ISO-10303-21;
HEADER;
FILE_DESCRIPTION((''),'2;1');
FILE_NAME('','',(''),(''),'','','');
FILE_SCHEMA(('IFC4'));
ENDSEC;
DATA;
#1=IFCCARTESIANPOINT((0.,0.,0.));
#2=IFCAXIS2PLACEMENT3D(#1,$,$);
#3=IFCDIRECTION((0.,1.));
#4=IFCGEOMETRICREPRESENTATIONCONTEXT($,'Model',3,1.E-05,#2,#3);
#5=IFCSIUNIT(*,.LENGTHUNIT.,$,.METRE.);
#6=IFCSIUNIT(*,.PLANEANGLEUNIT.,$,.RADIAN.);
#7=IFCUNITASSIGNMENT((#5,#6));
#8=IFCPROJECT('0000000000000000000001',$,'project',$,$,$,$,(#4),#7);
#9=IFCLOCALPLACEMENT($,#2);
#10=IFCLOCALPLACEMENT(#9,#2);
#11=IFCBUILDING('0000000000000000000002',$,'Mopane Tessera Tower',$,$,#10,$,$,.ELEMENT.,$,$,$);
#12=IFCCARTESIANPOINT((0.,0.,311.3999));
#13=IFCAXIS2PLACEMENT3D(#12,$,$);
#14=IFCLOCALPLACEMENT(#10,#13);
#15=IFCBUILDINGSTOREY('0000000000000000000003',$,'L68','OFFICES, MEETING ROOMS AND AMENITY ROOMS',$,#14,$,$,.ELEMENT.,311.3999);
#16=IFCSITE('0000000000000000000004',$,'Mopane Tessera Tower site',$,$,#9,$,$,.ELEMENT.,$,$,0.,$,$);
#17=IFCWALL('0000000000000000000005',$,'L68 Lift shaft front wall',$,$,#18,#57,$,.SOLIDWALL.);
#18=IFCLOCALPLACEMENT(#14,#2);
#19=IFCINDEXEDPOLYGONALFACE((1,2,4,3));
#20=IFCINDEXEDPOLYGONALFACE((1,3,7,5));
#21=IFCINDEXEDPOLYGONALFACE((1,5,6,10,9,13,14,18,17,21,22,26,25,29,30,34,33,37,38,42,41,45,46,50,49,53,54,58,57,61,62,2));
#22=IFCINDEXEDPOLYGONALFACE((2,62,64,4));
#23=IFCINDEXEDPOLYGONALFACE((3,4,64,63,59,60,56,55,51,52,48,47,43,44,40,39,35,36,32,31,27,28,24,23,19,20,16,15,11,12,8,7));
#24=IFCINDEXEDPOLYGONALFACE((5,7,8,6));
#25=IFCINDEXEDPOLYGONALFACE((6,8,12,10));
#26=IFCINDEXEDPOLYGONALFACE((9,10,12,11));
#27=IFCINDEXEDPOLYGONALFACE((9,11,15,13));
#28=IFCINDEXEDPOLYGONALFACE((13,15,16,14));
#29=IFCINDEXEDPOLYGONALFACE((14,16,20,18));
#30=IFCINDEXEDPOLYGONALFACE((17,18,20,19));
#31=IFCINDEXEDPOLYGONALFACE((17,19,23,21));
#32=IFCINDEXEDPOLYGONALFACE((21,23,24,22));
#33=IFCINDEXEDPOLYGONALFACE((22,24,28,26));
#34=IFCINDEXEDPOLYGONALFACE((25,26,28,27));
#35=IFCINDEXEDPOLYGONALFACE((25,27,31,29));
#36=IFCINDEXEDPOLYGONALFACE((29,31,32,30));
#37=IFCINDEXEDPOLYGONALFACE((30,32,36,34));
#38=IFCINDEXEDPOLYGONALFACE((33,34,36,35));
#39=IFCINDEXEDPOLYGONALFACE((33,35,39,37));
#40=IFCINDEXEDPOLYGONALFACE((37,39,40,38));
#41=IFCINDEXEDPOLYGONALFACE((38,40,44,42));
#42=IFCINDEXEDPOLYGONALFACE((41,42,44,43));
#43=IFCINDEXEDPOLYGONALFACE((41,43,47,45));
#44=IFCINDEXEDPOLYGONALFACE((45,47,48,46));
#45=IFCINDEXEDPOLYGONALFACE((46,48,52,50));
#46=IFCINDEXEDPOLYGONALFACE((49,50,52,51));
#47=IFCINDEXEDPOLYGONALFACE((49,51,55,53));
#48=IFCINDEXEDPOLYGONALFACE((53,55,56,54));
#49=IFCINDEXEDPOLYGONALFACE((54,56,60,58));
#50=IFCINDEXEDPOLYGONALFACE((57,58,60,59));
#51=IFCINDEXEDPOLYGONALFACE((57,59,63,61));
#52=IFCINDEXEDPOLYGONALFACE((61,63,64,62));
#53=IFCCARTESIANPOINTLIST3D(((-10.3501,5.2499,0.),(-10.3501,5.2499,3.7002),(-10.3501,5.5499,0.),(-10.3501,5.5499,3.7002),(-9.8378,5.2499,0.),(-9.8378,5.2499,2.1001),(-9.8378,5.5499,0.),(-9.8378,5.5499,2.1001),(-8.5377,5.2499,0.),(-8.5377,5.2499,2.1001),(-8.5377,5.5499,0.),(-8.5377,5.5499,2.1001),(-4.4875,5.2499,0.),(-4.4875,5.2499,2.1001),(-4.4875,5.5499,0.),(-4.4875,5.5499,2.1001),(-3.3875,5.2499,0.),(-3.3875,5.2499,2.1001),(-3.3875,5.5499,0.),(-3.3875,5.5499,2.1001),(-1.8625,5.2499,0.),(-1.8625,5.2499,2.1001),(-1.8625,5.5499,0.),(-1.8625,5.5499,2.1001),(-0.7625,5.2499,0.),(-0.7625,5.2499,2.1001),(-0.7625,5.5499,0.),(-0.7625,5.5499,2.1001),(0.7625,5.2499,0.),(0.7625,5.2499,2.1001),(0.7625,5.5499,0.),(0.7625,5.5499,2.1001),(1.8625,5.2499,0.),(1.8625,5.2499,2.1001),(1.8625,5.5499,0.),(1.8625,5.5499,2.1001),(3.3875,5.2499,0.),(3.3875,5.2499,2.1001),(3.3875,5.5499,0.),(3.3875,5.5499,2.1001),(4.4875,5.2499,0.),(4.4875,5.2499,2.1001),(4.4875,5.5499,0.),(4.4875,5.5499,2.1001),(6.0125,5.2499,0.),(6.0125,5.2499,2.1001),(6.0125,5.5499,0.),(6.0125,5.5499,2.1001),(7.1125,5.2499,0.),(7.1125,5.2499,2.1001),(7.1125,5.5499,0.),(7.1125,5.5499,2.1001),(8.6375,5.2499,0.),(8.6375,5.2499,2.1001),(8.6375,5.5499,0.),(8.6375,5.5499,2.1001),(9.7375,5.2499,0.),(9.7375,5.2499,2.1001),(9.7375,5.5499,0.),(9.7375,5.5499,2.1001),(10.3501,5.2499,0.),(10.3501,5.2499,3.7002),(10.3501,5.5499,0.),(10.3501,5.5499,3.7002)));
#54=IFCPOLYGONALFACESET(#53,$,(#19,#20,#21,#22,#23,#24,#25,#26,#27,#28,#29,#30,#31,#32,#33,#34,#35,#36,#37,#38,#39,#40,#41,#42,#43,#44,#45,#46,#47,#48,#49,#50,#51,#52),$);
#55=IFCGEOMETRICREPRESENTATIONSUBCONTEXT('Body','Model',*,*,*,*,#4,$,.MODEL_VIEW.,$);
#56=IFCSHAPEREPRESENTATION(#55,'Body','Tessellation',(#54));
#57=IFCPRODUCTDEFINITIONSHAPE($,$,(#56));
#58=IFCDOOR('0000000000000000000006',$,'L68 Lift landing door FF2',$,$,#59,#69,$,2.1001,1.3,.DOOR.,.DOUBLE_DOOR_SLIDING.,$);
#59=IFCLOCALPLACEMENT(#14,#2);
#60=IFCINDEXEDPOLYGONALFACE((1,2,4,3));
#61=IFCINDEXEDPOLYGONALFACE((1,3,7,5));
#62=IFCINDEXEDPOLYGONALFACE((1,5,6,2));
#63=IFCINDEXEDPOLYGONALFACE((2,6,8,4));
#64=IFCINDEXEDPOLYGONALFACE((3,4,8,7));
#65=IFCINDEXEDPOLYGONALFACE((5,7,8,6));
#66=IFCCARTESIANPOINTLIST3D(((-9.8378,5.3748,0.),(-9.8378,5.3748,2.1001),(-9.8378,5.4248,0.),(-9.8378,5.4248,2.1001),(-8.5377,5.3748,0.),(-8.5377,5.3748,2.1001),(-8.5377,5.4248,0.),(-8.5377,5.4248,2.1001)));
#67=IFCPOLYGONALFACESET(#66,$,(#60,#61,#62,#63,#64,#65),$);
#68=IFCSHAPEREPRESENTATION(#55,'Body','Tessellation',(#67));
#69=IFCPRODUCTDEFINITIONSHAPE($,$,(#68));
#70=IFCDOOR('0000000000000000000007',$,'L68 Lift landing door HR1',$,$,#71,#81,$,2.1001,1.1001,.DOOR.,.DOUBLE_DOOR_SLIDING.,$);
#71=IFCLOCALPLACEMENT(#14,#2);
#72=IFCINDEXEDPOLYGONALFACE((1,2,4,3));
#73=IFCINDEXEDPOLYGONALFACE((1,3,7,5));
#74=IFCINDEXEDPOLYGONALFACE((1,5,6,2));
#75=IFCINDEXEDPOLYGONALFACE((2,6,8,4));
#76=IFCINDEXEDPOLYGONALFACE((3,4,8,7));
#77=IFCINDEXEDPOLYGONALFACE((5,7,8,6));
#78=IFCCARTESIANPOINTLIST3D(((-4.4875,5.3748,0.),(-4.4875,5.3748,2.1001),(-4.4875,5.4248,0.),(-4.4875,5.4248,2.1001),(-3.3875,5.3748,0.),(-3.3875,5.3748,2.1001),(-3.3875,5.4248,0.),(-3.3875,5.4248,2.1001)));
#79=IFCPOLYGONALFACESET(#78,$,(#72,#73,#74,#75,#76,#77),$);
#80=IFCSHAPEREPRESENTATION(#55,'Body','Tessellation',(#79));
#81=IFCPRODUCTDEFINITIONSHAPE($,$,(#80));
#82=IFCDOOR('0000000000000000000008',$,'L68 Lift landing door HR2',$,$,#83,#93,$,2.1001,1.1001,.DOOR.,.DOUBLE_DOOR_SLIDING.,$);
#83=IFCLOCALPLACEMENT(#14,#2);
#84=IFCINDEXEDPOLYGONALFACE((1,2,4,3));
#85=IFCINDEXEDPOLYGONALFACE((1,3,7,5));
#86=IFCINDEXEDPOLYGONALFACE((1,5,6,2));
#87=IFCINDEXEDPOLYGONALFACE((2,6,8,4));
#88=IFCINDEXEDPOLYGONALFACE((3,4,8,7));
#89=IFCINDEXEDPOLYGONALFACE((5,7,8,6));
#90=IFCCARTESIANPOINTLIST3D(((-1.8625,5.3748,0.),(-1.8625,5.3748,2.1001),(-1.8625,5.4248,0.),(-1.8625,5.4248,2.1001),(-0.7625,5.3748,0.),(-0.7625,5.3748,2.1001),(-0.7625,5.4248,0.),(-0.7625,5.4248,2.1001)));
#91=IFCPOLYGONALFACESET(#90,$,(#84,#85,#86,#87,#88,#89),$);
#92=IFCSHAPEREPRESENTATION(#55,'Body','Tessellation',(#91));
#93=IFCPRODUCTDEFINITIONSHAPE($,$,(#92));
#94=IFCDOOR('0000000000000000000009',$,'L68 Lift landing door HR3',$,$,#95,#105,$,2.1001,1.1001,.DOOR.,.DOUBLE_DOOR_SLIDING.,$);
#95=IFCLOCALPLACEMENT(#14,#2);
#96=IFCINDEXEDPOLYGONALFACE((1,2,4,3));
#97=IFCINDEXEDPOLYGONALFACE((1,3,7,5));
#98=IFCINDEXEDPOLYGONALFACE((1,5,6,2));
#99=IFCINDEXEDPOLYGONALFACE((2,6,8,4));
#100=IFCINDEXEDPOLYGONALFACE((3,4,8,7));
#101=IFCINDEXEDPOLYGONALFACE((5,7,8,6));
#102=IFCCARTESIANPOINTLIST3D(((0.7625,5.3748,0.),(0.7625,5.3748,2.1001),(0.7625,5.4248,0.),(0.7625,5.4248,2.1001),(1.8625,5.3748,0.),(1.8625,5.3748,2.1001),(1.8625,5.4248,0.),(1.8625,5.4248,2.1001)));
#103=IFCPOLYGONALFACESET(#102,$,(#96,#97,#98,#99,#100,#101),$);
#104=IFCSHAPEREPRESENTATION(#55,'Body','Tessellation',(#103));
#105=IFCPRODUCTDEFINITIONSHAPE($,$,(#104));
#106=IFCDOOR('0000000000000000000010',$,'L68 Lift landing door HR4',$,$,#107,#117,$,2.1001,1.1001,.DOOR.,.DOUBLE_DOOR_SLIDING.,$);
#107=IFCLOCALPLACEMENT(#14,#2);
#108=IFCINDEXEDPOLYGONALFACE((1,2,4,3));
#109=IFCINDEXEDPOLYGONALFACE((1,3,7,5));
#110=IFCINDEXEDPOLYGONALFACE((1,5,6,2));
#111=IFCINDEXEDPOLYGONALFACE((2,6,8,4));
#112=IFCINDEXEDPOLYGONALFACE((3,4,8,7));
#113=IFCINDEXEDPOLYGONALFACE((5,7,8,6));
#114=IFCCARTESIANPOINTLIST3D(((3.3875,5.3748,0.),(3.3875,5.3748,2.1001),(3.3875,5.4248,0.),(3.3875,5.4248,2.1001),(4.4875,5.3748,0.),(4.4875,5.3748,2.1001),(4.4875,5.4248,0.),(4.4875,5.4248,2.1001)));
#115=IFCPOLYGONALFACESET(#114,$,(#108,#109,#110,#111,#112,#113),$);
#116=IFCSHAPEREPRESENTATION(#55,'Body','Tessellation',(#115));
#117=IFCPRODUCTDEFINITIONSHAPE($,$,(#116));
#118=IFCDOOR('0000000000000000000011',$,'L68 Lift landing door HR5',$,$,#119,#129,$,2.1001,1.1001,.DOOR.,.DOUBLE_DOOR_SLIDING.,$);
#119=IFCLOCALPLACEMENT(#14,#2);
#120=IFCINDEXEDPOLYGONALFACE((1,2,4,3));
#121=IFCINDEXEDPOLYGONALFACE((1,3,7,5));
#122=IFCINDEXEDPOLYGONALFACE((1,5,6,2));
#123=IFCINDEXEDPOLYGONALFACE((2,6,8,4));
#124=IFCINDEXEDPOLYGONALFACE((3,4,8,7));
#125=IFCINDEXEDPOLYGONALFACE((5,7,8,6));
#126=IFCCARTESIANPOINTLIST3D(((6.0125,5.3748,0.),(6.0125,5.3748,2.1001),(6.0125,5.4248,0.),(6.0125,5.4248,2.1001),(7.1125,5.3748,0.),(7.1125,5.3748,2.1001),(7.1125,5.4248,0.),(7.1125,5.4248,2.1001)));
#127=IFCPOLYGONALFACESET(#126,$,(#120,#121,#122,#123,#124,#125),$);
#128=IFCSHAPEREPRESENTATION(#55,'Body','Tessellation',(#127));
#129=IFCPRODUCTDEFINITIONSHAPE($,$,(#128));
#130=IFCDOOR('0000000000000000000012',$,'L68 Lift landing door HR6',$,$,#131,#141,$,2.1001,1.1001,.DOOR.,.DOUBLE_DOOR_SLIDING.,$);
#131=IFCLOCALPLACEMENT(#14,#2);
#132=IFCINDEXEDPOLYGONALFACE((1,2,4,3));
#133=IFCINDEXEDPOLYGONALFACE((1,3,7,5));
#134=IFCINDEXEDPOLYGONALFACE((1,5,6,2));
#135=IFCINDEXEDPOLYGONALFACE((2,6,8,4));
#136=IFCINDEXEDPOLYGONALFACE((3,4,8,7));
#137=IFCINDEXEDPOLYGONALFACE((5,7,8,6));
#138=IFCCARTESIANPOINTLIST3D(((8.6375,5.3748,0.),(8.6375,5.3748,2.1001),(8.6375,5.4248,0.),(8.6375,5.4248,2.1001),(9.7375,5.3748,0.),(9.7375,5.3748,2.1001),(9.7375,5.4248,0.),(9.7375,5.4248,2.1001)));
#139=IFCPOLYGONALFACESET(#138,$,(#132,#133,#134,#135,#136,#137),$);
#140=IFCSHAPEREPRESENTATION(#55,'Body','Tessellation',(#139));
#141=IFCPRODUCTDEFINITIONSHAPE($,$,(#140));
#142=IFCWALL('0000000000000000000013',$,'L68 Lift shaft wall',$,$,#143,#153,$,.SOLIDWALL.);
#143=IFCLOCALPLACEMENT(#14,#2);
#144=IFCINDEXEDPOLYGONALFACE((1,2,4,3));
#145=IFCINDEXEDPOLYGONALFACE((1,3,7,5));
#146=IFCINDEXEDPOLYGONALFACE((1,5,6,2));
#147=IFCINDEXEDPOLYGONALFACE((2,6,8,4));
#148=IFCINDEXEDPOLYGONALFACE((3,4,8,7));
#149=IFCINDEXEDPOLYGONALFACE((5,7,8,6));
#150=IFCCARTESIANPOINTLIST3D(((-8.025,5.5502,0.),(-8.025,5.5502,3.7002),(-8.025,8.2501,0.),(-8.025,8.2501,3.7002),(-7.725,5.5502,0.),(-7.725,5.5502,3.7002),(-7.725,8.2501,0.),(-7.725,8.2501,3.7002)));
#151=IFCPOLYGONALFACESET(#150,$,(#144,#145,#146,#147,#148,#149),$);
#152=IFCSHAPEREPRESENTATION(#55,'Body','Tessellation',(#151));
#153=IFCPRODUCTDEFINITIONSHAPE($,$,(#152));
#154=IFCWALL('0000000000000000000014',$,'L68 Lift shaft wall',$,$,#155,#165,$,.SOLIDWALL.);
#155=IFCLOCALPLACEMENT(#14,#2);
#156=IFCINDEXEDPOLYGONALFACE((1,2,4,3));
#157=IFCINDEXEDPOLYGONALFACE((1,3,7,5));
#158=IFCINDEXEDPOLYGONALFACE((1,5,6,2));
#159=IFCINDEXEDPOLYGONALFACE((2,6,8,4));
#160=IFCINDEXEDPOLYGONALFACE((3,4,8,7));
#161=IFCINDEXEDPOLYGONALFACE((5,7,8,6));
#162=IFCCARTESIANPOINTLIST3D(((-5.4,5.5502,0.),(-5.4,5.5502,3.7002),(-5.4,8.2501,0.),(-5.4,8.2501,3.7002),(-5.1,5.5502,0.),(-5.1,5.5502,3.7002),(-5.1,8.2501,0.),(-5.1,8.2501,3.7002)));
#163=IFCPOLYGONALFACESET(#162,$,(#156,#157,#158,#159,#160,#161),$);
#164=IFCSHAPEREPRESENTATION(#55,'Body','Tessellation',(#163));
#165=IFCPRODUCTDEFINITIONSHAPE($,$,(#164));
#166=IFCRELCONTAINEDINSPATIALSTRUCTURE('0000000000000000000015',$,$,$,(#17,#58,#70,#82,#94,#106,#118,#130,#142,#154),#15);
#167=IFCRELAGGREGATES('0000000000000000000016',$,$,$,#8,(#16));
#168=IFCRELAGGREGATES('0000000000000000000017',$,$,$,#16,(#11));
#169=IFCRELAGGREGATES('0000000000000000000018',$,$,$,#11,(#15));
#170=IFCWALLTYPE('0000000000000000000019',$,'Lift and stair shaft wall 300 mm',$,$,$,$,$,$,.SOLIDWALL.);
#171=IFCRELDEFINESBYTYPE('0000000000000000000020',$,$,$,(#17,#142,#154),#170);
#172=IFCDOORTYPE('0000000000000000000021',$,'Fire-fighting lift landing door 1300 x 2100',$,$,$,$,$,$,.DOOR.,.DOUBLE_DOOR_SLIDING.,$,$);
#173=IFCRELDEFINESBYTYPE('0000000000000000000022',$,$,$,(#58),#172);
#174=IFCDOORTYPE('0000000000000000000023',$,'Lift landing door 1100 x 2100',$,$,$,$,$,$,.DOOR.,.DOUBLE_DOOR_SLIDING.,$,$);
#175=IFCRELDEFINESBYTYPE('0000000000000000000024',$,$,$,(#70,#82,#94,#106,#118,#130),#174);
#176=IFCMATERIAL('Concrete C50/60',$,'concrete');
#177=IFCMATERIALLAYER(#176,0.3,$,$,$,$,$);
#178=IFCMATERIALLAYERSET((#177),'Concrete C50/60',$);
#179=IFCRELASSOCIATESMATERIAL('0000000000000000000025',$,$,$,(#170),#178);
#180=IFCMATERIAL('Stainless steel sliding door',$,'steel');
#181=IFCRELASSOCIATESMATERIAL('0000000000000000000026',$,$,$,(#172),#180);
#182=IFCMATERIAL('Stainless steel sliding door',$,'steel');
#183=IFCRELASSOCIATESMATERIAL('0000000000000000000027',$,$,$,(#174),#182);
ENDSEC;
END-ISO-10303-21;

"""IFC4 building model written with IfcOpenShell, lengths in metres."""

from ifc_helpers import new_model, si_unit, direction, frame, frame_2d, origin, place, context, subcontext, project, spatial, rectangle, extrude, material, layer, layer_set, type_object, element, fill, save


model = new_model("IFC4")

# Units and contexts
model_context = context("Model", 3, precision=1e-05, world=origin(), true_north=direction((0.0, 1.0)))
body_context = subcontext(model_context, "Body", "Model", "MODEL_VIEW")
ifc_project = project(units=[si_unit("LENGTHUNIT", "METRE"), si_unit("PLANEANGLEUNIT", "RADIAN")], contexts=[model_context])

# Site, building, storey
site_placement = place(None, origin())
site = spatial("IfcSite", under=ifc_project, at=site_placement, Name="Mopane Tessera Tower site", CompositionType="ELEMENT", RefElevation=0.0)
building_placement = place(site_placement, origin())
building = spatial("IfcBuilding", under=site, at=building_placement, Name="Mopane Tessera Tower", CompositionType="ELEMENT")
storey_placement = place(building_placement, frame((0.0, 0.0, 311.3999)))
storey = spatial("IfcBuildingStorey", under=building, at=storey_placement, Name="L68", Description="OFFICES, MEETING ROOMS AND AMENITY ROOMS", CompositionType="ELEMENT", Elevation=311.3999)

# Wall, openings, doors
ifc_material_1 = material(Name="Concrete C50/60", Category="concrete")
ifc_layer_1 = layer(ifc_material_1, 0.3)
ifc_layer_set_1 = layer_set([ifc_layer_1], Name="Concrete C50/60")
wall_type_1 = type_object("IfcWallType", Name="Lift and stair shaft wall 300 mm", PredefinedType="SOLIDWALL", material=ifc_layer_set_1)
wall_1_placement = place(storey_placement, frame((-10.3501, 5.3999, 0.0), z_axis=(0.0, 0.0, 1.0), x_axis=(1.0, 0.0, 0.0)))
wall_1 = element("IfcWall", 1, at=wall_1_placement, inside=storey, type_object=wall_type_1, Name="L68 Lift shaft front wall", PredefinedType="SOLIDWALL", context=body_context, shape_type="SweptSolid", body=[
    extrude(rectangle(XDim=20.7002, YDim=0.3, at=frame_2d((10.3501, 0.0))), origin(), (0.0, 0.0, 1.0), 3.7002),
])
opening_1_placement = place(wall_1_placement, frame((0.5125, 0.0, 0.0)))
opening_1 = element("IfcOpeningElement", 2, at=opening_1_placement, cuts=wall_1, PredefinedType="OPENING", context=body_context, shape_type="SweptSolid", body=[
    extrude(rectangle(XDim=1.3, YDim=2.1001, at=frame_2d((0.6499, 1.05))), frame((0.0, 0.1621, 0.0), z_axis=(0.0, -1.0, 0.0), x_axis=(1.0, 0.0, 0.0)), (0.0, 0.0, 1.0), 0.324),
])
opening_2_placement = place(wall_1_placement, frame((5.8625, 0.0, 0.0)))
opening_2 = element("IfcOpeningElement", 3, at=opening_2_placement, cuts=wall_1, PredefinedType="OPENING", context=body_context, shape_type="SweptSolid", body=[
    extrude(rectangle(XDim=1.1001, YDim=2.1001, at=frame_2d((0.55, 1.05))), frame((0.0, 0.1621, 0.0), z_axis=(0.0, -1.0, 0.0), x_axis=(1.0, 0.0, 0.0)), (0.0, 0.0, 1.0), 0.324),
])
opening_3_placement = place(wall_1_placement, frame((8.4875, 0.0, 0.0)))
opening_3 = element("IfcOpeningElement", 4, at=opening_3_placement, cuts=wall_1, PredefinedType="OPENING", context=body_context, shape_type="SweptSolid", body=[
    extrude(rectangle(XDim=1.1001, YDim=2.1001, at=frame_2d((0.55, 1.05))), frame((0.0, 0.1621, 0.0), z_axis=(0.0, -1.0, 0.0), x_axis=(1.0, 0.0, 0.0)), (0.0, 0.0, 1.0), 0.324),
])
opening_4_placement = place(wall_1_placement, frame((11.1125, 0.0, 0.0)))
opening_4 = element("IfcOpeningElement", 5, at=opening_4_placement, cuts=wall_1, PredefinedType="OPENING", context=body_context, shape_type="SweptSolid", body=[
    extrude(rectangle(XDim=1.1001, YDim=2.1001, at=frame_2d((0.55, 1.05))), frame((0.0, 0.1621, 0.0), z_axis=(0.0, -1.0, 0.0), x_axis=(1.0, 0.0, 0.0)), (0.0, 0.0, 1.0), 0.324),
])
opening_5_placement = place(wall_1_placement, frame((13.7375, 0.0, 0.0)))
opening_5 = element("IfcOpeningElement", 6, at=opening_5_placement, cuts=wall_1, PredefinedType="OPENING", context=body_context, shape_type="SweptSolid", body=[
    extrude(rectangle(XDim=1.1001, YDim=2.1001, at=frame_2d((0.55, 1.05))), frame((0.0, 0.1621, 0.0), z_axis=(0.0, -1.0, 0.0), x_axis=(1.0, 0.0, 0.0)), (0.0, 0.0, 1.0), 0.324),
])
opening_6_placement = place(wall_1_placement, frame((16.3625, 0.0, 0.0)))
opening_6 = element("IfcOpeningElement", 7, at=opening_6_placement, cuts=wall_1, PredefinedType="OPENING", context=body_context, shape_type="SweptSolid", body=[
    extrude(rectangle(XDim=1.1001, YDim=2.1001, at=frame_2d((0.55, 1.05))), frame((0.0, 0.1621, 0.0), z_axis=(0.0, -1.0, 0.0), x_axis=(1.0, 0.0, 0.0)), (0.0, 0.0, 1.0), 0.324),
])
opening_7_placement = place(wall_1_placement, frame((18.9875, 0.0, 0.0)))
opening_7 = element("IfcOpeningElement", 8, at=opening_7_placement, cuts=wall_1, PredefinedType="OPENING", context=body_context, shape_type="SweptSolid", body=[
    extrude(rectangle(XDim=1.1001, YDim=2.1001, at=frame_2d((0.55, 1.05))), frame((0.0, 0.1621, 0.0), z_axis=(0.0, -1.0, 0.0), x_axis=(1.0, 0.0, 0.0)), (0.0, 0.0, 1.0), 0.324),
])
ifc_material_2 = material(Name="Stainless steel sliding door", Category="steel")
door_type_1 = type_object("IfcDoorType", Name="Fire-fighting lift landing door 1300 x 2100", OperationType="DOUBLE_DOOR_SLIDING", PredefinedType="DOOR", material=ifc_material_2)
door_1_placement = place(opening_1_placement, origin())
door_1 = element("IfcDoor", 9, at=door_1_placement, inside=storey, type_object=door_type_1, Name="L68 Lift landing door FF2", OperationType="DOUBLE_DOOR_SLIDING", OverallHeight=2.1001, OverallWidth=1.3, PredefinedType="DOOR", context=body_context, shape_type="SweptSolid", body=[
    extrude(rectangle(XDim=1.3, YDim=2.1001, at=frame_2d((0.6499, 1.05))), frame((0.0, 0.0249, 0.0), z_axis=(0.0, -1.0, 0.0), x_axis=(1.0, 0.0, 0.0)), (0.0, 0.0, 1.0), 0.05),
])
fill(opening_1, door_1)
ifc_material_3 = material(Name="Stainless steel sliding door", Category="steel")
door_type_2 = type_object("IfcDoorType", Name="Lift landing door 1100 x 2100", OperationType="DOUBLE_DOOR_SLIDING", PredefinedType="DOOR", material=ifc_material_3)
door_2_placement = place(opening_2_placement, origin())
door_2 = element("IfcDoor", 10, at=door_2_placement, inside=storey, type_object=door_type_2, Name="L68 Lift landing door HR1", OperationType="DOUBLE_DOOR_SLIDING", OverallHeight=2.1001, OverallWidth=1.1001, PredefinedType="DOOR", context=body_context, shape_type="SweptSolid", body=[
    extrude(rectangle(XDim=1.1001, YDim=2.1001, at=frame_2d((0.55, 1.05))), frame((0.0, 0.0249, 0.0), z_axis=(0.0, -1.0, 0.0), x_axis=(1.0, 0.0, 0.0)), (0.0, 0.0, 1.0), 0.05),
])
fill(opening_2, door_2)
door_3_placement = place(opening_3_placement, origin())
door_3 = element("IfcDoor", 11, at=door_3_placement, inside=storey, type_object=door_type_2, Name="L68 Lift landing door HR2", OperationType="DOUBLE_DOOR_SLIDING", OverallHeight=2.1001, OverallWidth=1.1001, PredefinedType="DOOR", context=body_context, shape_type="SweptSolid", body=[
    extrude(rectangle(XDim=1.1001, YDim=2.1001, at=frame_2d((0.55, 1.05))), frame((0.0, 0.0249, 0.0), z_axis=(0.0, -1.0, 0.0), x_axis=(1.0, 0.0, 0.0)), (0.0, 0.0, 1.0), 0.05),
])
fill(opening_3, door_3)
door_4_placement = place(opening_4_placement, origin())
door_4 = element("IfcDoor", 12, at=door_4_placement, inside=storey, type_object=door_type_2, Name="L68 Lift landing door HR3", OperationType="DOUBLE_DOOR_SLIDING", OverallHeight=2.1001, OverallWidth=1.1001, PredefinedType="DOOR", context=body_context, shape_type="SweptSolid", body=[
    extrude(rectangle(XDim=1.1001, YDim=2.1001, at=frame_2d((0.55, 1.05))), frame((0.0, 0.0249, 0.0), z_axis=(0.0, -1.0, 0.0), x_axis=(1.0, 0.0, 0.0)), (0.0, 0.0, 1.0), 0.05),
])
fill(opening_4, door_4)
door_5_placement = place(opening_5_placement, origin())
door_5 = element("IfcDoor", 13, at=door_5_placement, inside=storey, type_object=door_type_2, Name="L68 Lift landing door HR4", OperationType="DOUBLE_DOOR_SLIDING", OverallHeight=2.1001, OverallWidth=1.1001, PredefinedType="DOOR", context=body_context, shape_type="SweptSolid", body=[
    extrude(rectangle(XDim=1.1001, YDim=2.1001, at=frame_2d((0.55, 1.05))), frame((0.0, 0.0249, 0.0), z_axis=(0.0, -1.0, 0.0), x_axis=(1.0, 0.0, 0.0)), (0.0, 0.0, 1.0), 0.05),
])
fill(opening_5, door_5)
door_6_placement = place(opening_6_placement, origin())
door_6 = element("IfcDoor", 14, at=door_6_placement, inside=storey, type_object=door_type_2, Name="L68 Lift landing door HR5", OperationType="DOUBLE_DOOR_SLIDING", OverallHeight=2.1001, OverallWidth=1.1001, PredefinedType="DOOR", context=body_context, shape_type="SweptSolid", body=[
    extrude(rectangle(XDim=1.1001, YDim=2.1001, at=frame_2d((0.55, 1.05))), frame((0.0, 0.0249, 0.0), z_axis=(0.0, -1.0, 0.0), x_axis=(1.0, 0.0, 0.0)), (0.0, 0.0, 1.0), 0.05),
])
fill(opening_6, door_6)
door_7_placement = place(opening_7_placement, origin())
door_7 = element("IfcDoor", 15, at=door_7_placement, inside=storey, type_object=door_type_2, Name="L68 Lift landing door HR6", OperationType="DOUBLE_DOOR_SLIDING", OverallHeight=2.1001, OverallWidth=1.1001, PredefinedType="DOOR", context=body_context, shape_type="SweptSolid", body=[
    extrude(rectangle(XDim=1.1001, YDim=2.1001, at=frame_2d((0.55, 1.05))), frame((0.0, 0.0249, 0.0), z_axis=(0.0, -1.0, 0.0), x_axis=(1.0, 0.0, 0.0)), (0.0, 0.0, 1.0), 0.05),
])
fill(opening_7, door_7)

# Walls
for number, where, z_axis, x_axis, name in (
    (16, (-7.875, 5.55, 0.0), (0.0, 0.0, 1.0), (0.0, 1.0, 0.0), "L68 Lift shaft wall"),
    (17, (-5.25, 5.55, 0.0), (0.0, 0.0, 1.0), (0.0, 1.0, 0.0), "L68 Lift shaft wall"),
):
    element("IfcWall", number, at=place(storey_placement, frame(where, z_axis=z_axis, x_axis=x_axis)), inside=storey, type_object=wall_type_1, Name=name, PredefinedType="SOLIDWALL", context=body_context, shape_type="SweptSolid", body=[
        extrude(rectangle(XDim=2.7, YDim=0.3, at=frame_2d((1.3501, 0.0))), origin(), (0.0, 0.0, 1.0), 3.7002),
    ])

save(model, "model.ifc")
